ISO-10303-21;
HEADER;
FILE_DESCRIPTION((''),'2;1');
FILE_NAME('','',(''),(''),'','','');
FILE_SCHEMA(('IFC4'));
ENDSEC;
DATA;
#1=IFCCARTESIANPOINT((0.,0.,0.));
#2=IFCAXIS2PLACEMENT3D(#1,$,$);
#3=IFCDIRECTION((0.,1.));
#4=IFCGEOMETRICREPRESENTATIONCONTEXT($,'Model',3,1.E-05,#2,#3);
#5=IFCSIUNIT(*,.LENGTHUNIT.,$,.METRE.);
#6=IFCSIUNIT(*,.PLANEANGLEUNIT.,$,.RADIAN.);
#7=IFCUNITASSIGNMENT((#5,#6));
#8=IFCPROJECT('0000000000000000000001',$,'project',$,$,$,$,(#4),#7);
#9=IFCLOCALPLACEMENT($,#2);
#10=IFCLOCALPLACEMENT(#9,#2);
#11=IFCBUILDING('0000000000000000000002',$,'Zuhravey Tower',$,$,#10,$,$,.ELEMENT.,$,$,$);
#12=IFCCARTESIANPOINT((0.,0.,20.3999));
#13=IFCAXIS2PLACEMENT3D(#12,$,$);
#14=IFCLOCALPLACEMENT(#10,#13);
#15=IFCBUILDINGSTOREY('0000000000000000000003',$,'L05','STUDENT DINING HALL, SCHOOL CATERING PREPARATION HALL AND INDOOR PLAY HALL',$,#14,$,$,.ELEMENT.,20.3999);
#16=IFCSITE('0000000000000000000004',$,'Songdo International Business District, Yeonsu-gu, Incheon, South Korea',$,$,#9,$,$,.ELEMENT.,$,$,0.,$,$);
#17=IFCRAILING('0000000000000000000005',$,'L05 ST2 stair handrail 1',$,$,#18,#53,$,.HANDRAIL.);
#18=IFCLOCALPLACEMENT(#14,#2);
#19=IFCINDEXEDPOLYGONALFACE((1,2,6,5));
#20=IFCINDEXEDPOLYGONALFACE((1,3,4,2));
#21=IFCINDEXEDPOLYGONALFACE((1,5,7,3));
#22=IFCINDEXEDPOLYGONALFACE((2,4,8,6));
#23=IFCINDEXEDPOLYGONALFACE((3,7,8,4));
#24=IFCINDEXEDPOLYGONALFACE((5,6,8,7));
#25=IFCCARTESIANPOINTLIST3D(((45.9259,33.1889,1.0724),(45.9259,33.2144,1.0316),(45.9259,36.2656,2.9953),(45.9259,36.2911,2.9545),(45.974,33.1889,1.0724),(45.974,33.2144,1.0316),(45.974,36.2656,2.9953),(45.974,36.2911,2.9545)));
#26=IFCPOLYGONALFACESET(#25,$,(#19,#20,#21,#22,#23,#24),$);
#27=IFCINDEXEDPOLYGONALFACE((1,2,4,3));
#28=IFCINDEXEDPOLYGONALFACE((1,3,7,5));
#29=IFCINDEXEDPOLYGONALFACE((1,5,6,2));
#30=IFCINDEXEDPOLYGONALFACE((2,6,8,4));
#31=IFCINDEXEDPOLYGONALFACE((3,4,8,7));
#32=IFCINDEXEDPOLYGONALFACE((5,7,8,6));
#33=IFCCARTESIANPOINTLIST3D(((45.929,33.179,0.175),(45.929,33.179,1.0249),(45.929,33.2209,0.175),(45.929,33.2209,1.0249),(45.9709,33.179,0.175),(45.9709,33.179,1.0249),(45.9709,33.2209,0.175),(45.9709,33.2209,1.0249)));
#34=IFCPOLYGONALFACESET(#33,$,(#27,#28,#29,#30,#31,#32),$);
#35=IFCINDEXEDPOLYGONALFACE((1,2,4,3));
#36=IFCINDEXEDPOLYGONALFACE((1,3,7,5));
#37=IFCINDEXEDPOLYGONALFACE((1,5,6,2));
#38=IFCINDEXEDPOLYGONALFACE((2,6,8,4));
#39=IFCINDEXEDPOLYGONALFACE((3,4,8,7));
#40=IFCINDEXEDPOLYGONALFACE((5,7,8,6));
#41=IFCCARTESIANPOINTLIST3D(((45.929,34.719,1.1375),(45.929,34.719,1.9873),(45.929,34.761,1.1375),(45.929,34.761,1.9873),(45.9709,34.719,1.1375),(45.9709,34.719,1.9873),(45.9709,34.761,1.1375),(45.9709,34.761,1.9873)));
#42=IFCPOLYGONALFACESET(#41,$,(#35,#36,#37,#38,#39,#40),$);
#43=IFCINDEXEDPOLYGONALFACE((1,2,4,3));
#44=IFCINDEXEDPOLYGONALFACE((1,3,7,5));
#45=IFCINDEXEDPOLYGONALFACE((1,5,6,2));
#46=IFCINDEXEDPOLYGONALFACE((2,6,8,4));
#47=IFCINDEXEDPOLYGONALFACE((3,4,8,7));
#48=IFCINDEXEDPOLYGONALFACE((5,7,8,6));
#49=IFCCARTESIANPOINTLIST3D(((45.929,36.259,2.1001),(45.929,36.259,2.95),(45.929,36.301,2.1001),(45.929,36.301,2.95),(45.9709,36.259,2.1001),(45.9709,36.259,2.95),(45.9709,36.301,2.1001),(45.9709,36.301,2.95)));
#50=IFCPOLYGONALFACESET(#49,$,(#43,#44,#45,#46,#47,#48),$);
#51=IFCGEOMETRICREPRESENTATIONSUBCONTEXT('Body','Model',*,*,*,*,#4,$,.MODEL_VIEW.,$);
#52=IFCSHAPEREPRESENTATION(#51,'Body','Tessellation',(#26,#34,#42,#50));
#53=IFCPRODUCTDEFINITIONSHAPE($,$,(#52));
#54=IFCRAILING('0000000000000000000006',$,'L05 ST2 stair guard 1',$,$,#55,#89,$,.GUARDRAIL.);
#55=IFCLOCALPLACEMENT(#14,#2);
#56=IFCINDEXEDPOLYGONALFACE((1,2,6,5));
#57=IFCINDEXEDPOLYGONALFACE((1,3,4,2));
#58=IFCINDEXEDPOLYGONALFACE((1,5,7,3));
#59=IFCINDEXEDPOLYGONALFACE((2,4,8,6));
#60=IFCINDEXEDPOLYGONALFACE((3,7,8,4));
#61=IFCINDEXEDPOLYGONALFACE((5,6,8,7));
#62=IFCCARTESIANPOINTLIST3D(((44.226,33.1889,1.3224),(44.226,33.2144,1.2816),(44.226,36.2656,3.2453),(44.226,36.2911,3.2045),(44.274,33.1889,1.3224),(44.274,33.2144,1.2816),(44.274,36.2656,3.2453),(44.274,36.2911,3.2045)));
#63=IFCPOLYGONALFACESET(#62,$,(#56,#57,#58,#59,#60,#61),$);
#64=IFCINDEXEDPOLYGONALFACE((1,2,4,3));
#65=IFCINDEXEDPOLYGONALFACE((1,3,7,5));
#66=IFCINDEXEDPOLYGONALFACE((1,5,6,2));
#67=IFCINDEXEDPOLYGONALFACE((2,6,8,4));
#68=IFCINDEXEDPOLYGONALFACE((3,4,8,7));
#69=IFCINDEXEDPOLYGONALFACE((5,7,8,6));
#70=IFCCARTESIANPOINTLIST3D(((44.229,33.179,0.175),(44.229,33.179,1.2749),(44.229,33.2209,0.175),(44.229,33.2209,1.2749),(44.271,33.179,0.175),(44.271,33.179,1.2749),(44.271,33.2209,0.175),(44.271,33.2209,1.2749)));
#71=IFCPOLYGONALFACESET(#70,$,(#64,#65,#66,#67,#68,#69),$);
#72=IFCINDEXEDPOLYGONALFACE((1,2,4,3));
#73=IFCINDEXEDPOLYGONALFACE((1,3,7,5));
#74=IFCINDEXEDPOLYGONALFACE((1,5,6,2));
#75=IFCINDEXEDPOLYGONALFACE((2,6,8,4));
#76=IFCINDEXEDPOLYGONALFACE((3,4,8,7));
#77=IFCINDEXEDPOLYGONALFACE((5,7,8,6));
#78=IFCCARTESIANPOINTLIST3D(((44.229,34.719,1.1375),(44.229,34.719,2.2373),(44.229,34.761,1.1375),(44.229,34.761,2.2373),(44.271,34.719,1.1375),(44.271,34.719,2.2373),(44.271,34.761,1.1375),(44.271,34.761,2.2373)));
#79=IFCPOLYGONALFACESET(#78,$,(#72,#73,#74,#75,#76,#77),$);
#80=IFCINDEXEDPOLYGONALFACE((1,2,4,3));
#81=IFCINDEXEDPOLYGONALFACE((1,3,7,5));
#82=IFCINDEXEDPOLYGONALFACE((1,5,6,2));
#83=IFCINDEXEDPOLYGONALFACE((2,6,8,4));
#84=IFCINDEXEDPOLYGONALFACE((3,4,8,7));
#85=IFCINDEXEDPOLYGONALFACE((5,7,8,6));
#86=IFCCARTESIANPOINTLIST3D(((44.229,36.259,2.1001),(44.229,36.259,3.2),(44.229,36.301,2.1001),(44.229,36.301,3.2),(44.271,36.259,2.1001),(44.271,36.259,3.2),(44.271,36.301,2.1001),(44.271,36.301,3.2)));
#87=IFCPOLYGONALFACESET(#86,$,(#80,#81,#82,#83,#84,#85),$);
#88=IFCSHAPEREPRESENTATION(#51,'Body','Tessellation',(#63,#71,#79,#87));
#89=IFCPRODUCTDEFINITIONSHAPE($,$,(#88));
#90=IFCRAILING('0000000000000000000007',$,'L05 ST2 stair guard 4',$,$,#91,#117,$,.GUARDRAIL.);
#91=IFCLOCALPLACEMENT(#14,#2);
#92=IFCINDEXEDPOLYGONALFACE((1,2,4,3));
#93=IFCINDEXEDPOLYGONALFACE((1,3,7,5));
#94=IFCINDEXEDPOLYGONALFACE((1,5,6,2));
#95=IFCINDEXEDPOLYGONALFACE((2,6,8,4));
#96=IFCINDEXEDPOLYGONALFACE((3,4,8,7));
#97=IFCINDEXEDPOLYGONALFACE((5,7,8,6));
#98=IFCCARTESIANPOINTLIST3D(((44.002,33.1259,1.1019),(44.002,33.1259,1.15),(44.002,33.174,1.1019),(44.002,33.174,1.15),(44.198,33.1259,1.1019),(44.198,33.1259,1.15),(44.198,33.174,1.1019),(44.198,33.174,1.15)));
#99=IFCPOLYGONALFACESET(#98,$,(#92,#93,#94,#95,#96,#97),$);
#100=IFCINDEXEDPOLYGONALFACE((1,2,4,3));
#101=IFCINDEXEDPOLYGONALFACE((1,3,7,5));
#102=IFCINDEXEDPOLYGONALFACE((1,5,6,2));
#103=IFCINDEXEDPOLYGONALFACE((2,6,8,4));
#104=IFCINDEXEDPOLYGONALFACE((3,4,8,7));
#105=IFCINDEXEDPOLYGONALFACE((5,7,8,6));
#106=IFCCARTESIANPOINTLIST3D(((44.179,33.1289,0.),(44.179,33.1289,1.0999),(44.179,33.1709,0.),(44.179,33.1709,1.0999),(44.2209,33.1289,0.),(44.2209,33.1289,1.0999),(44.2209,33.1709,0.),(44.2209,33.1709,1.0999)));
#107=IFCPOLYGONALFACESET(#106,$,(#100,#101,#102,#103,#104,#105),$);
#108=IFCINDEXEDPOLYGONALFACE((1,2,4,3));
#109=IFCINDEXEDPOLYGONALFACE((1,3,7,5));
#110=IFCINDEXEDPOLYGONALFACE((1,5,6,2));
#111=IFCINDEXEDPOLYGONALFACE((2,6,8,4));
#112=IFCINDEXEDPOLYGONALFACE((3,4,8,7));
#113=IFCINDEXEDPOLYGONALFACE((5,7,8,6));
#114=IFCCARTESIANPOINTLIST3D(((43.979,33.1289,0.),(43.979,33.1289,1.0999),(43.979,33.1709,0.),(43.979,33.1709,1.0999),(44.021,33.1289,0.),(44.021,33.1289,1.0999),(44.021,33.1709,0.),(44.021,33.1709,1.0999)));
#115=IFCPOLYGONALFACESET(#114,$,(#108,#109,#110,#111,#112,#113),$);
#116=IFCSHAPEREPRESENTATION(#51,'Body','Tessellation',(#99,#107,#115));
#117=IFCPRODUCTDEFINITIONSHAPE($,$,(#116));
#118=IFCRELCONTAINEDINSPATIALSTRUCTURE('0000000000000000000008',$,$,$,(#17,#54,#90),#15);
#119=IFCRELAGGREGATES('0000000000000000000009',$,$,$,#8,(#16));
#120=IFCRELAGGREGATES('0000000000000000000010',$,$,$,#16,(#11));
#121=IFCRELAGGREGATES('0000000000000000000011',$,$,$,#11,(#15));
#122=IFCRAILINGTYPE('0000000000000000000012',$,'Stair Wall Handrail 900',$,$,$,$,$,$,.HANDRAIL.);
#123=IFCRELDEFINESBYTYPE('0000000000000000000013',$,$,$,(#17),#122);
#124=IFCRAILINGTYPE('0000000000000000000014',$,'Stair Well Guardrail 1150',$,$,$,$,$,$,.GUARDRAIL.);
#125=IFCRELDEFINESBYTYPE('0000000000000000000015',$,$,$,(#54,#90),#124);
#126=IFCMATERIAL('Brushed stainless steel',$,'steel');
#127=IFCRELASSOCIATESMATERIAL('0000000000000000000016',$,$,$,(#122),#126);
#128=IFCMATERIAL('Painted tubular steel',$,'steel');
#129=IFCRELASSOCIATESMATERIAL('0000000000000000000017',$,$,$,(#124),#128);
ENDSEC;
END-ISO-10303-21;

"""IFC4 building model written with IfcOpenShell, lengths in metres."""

from ifc_helpers import new_model, si_unit, direction, frame, origin, origin_2d, place, context, subcontext, project, spatial, rectangle, extrude, material, type_object, element, save


model = new_model("IFC4")

# Units and contexts
model_context = context("Model", 3, precision=1e-05, world=origin(), true_north=direction((0.0, 1.0)))
body_context = subcontext(model_context, "Body", "Model", "MODEL_VIEW")
ifc_project = project(units=[si_unit("LENGTHUNIT", "METRE"), si_unit("PLANEANGLEUNIT", "RADIAN")], contexts=[model_context])

# Site, building, storey
site_placement = place(None, origin())
site = spatial("IfcSite", under=ifc_project, at=site_placement, Name="Songdo International Business District, Yeonsu-gu, Incheon, South Korea", CompositionType="ELEMENT", RefElevation=0.0)
building_placement = place(site_placement, origin())
building = spatial("IfcBuilding", under=site, at=building_placement, Name="Zuhravey Tower", CompositionType="ELEMENT")
storey_placement = place(building_placement, frame((0.0, 0.0, 20.3999)))
storey = spatial("IfcBuildingStorey", under=building, at=storey_placement, Name="L05", Description="STUDENT DINING HALL, SCHOOL CATERING PREPARATION HALL AND INDOOR PLAY HALL", CompositionType="ELEMENT", Elevation=20.3999)

# Shared definitions
ifc_material_1 = material(Name="Brushed stainless steel", Category="steel")

# Railings
railing_type_1 = type_object("IfcRailingType", Name="Stair Wall Handrail 900", PredefinedType="HANDRAIL", material=ifc_material_1)
railing_1_placement = place(storey_placement, frame((45.95, 33.2, 0.175)))
element("IfcRailing", 1, at=railing_1_placement, inside=storey, type_object=railing_type_1, Name="L05 ST2 stair handrail 1", PredefinedType="HANDRAIL", context=body_context, shape_type="SweptSolid", body=[
    extrude(rectangle(XDim=0.0481, YDim=0.0481, at=origin_2d()), frame((0.0, 0.0017, 0.877), z_axis=(0.0, 0.847998, 0.529999), x_axis=(-1.0, 0.0, 0.0)), (0.0, 0.0, 1.0), 3.6282),
    extrude(rectangle(XDim=0.042, YDim=0.042, at=origin_2d()), origin(), (0.0, 0.0, 1.0), 0.8499),
    extrude(rectangle(XDim=0.042, YDim=0.042, at=origin_2d()), frame((0.0, 1.54, 0.9624)), (0.0, 0.0, 1.0), 0.8499),
    extrude(rectangle(XDim=0.042, YDim=0.042, at=origin_2d()), frame((0.0, 3.0801, 1.925)), (0.0, 0.0, 1.0), 0.8499),
])
ifc_material_2 = material(Name="Painted tubular steel", Category="steel")
railing_type_2 = type_object("IfcRailingType", Name="Stair Well Guardrail 1150", PredefinedType="GUARDRAIL", material=ifc_material_2)
railing_2_placement = place(storey_placement, frame((44.25, 33.2, 0.175)))
element("IfcRailing", 2, at=railing_2_placement, inside=storey, type_object=railing_type_2, Name="L05 ST2 stair guard 1", PredefinedType="GUARDRAIL", context=body_context, shape_type="SweptSolid", body=[
    extrude(rectangle(XDim=0.0481, YDim=0.0481, at=origin_2d()), frame((0.0, 0.0017, 1.127), z_axis=(0.0, 0.847998, 0.529999), x_axis=(-1.0, 0.0, 0.0)), (0.0, 0.0, 1.0), 3.6282),
    extrude(rectangle(XDim=0.042, YDim=0.042, at=origin_2d()), origin(), (0.0, 0.0, 1.0), 1.0999),
    extrude(rectangle(XDim=0.042, YDim=0.042, at=origin_2d()), frame((0.0, 1.54, 0.9624)), (0.0, 0.0, 1.0), 1.0999),
    extrude(rectangle(XDim=0.042, YDim=0.042, at=origin_2d()), frame((0.0, 3.0801, 1.925)), (0.0, 0.0, 1.0), 1.0999),
])
railing_3_placement = place(storey_placement, frame((44.2, 33.1499, 0.0)))
element("IfcRailing", 3, at=railing_3_placement, inside=storey, type_object=railing_type_2, Name="L05 ST2 stair guard 4", PredefinedType="GUARDRAIL", context=body_context, shape_type="SweptSolid", body=[
    extrude(rectangle(XDim=0.0481, YDim=0.0481, at=origin_2d()), frame((-0.002, 0.0, 1.126), z_axis=(-1.0, 0.0, 0.0), x_axis=(0.0, -1.0, 0.0)), (0.0, 0.0, 1.0), 0.196),
    extrude(rectangle(XDim=0.042, YDim=0.042, at=origin_2d()), origin(), (0.0, 0.0, 1.0), 1.0999),
    extrude(rectangle(XDim=0.042, YDim=0.042, at=origin_2d()), frame((-0.2, 0.0, 0.0)), (0.0, 0.0, 1.0), 1.0999),
])

save(model, "model.ifc")
